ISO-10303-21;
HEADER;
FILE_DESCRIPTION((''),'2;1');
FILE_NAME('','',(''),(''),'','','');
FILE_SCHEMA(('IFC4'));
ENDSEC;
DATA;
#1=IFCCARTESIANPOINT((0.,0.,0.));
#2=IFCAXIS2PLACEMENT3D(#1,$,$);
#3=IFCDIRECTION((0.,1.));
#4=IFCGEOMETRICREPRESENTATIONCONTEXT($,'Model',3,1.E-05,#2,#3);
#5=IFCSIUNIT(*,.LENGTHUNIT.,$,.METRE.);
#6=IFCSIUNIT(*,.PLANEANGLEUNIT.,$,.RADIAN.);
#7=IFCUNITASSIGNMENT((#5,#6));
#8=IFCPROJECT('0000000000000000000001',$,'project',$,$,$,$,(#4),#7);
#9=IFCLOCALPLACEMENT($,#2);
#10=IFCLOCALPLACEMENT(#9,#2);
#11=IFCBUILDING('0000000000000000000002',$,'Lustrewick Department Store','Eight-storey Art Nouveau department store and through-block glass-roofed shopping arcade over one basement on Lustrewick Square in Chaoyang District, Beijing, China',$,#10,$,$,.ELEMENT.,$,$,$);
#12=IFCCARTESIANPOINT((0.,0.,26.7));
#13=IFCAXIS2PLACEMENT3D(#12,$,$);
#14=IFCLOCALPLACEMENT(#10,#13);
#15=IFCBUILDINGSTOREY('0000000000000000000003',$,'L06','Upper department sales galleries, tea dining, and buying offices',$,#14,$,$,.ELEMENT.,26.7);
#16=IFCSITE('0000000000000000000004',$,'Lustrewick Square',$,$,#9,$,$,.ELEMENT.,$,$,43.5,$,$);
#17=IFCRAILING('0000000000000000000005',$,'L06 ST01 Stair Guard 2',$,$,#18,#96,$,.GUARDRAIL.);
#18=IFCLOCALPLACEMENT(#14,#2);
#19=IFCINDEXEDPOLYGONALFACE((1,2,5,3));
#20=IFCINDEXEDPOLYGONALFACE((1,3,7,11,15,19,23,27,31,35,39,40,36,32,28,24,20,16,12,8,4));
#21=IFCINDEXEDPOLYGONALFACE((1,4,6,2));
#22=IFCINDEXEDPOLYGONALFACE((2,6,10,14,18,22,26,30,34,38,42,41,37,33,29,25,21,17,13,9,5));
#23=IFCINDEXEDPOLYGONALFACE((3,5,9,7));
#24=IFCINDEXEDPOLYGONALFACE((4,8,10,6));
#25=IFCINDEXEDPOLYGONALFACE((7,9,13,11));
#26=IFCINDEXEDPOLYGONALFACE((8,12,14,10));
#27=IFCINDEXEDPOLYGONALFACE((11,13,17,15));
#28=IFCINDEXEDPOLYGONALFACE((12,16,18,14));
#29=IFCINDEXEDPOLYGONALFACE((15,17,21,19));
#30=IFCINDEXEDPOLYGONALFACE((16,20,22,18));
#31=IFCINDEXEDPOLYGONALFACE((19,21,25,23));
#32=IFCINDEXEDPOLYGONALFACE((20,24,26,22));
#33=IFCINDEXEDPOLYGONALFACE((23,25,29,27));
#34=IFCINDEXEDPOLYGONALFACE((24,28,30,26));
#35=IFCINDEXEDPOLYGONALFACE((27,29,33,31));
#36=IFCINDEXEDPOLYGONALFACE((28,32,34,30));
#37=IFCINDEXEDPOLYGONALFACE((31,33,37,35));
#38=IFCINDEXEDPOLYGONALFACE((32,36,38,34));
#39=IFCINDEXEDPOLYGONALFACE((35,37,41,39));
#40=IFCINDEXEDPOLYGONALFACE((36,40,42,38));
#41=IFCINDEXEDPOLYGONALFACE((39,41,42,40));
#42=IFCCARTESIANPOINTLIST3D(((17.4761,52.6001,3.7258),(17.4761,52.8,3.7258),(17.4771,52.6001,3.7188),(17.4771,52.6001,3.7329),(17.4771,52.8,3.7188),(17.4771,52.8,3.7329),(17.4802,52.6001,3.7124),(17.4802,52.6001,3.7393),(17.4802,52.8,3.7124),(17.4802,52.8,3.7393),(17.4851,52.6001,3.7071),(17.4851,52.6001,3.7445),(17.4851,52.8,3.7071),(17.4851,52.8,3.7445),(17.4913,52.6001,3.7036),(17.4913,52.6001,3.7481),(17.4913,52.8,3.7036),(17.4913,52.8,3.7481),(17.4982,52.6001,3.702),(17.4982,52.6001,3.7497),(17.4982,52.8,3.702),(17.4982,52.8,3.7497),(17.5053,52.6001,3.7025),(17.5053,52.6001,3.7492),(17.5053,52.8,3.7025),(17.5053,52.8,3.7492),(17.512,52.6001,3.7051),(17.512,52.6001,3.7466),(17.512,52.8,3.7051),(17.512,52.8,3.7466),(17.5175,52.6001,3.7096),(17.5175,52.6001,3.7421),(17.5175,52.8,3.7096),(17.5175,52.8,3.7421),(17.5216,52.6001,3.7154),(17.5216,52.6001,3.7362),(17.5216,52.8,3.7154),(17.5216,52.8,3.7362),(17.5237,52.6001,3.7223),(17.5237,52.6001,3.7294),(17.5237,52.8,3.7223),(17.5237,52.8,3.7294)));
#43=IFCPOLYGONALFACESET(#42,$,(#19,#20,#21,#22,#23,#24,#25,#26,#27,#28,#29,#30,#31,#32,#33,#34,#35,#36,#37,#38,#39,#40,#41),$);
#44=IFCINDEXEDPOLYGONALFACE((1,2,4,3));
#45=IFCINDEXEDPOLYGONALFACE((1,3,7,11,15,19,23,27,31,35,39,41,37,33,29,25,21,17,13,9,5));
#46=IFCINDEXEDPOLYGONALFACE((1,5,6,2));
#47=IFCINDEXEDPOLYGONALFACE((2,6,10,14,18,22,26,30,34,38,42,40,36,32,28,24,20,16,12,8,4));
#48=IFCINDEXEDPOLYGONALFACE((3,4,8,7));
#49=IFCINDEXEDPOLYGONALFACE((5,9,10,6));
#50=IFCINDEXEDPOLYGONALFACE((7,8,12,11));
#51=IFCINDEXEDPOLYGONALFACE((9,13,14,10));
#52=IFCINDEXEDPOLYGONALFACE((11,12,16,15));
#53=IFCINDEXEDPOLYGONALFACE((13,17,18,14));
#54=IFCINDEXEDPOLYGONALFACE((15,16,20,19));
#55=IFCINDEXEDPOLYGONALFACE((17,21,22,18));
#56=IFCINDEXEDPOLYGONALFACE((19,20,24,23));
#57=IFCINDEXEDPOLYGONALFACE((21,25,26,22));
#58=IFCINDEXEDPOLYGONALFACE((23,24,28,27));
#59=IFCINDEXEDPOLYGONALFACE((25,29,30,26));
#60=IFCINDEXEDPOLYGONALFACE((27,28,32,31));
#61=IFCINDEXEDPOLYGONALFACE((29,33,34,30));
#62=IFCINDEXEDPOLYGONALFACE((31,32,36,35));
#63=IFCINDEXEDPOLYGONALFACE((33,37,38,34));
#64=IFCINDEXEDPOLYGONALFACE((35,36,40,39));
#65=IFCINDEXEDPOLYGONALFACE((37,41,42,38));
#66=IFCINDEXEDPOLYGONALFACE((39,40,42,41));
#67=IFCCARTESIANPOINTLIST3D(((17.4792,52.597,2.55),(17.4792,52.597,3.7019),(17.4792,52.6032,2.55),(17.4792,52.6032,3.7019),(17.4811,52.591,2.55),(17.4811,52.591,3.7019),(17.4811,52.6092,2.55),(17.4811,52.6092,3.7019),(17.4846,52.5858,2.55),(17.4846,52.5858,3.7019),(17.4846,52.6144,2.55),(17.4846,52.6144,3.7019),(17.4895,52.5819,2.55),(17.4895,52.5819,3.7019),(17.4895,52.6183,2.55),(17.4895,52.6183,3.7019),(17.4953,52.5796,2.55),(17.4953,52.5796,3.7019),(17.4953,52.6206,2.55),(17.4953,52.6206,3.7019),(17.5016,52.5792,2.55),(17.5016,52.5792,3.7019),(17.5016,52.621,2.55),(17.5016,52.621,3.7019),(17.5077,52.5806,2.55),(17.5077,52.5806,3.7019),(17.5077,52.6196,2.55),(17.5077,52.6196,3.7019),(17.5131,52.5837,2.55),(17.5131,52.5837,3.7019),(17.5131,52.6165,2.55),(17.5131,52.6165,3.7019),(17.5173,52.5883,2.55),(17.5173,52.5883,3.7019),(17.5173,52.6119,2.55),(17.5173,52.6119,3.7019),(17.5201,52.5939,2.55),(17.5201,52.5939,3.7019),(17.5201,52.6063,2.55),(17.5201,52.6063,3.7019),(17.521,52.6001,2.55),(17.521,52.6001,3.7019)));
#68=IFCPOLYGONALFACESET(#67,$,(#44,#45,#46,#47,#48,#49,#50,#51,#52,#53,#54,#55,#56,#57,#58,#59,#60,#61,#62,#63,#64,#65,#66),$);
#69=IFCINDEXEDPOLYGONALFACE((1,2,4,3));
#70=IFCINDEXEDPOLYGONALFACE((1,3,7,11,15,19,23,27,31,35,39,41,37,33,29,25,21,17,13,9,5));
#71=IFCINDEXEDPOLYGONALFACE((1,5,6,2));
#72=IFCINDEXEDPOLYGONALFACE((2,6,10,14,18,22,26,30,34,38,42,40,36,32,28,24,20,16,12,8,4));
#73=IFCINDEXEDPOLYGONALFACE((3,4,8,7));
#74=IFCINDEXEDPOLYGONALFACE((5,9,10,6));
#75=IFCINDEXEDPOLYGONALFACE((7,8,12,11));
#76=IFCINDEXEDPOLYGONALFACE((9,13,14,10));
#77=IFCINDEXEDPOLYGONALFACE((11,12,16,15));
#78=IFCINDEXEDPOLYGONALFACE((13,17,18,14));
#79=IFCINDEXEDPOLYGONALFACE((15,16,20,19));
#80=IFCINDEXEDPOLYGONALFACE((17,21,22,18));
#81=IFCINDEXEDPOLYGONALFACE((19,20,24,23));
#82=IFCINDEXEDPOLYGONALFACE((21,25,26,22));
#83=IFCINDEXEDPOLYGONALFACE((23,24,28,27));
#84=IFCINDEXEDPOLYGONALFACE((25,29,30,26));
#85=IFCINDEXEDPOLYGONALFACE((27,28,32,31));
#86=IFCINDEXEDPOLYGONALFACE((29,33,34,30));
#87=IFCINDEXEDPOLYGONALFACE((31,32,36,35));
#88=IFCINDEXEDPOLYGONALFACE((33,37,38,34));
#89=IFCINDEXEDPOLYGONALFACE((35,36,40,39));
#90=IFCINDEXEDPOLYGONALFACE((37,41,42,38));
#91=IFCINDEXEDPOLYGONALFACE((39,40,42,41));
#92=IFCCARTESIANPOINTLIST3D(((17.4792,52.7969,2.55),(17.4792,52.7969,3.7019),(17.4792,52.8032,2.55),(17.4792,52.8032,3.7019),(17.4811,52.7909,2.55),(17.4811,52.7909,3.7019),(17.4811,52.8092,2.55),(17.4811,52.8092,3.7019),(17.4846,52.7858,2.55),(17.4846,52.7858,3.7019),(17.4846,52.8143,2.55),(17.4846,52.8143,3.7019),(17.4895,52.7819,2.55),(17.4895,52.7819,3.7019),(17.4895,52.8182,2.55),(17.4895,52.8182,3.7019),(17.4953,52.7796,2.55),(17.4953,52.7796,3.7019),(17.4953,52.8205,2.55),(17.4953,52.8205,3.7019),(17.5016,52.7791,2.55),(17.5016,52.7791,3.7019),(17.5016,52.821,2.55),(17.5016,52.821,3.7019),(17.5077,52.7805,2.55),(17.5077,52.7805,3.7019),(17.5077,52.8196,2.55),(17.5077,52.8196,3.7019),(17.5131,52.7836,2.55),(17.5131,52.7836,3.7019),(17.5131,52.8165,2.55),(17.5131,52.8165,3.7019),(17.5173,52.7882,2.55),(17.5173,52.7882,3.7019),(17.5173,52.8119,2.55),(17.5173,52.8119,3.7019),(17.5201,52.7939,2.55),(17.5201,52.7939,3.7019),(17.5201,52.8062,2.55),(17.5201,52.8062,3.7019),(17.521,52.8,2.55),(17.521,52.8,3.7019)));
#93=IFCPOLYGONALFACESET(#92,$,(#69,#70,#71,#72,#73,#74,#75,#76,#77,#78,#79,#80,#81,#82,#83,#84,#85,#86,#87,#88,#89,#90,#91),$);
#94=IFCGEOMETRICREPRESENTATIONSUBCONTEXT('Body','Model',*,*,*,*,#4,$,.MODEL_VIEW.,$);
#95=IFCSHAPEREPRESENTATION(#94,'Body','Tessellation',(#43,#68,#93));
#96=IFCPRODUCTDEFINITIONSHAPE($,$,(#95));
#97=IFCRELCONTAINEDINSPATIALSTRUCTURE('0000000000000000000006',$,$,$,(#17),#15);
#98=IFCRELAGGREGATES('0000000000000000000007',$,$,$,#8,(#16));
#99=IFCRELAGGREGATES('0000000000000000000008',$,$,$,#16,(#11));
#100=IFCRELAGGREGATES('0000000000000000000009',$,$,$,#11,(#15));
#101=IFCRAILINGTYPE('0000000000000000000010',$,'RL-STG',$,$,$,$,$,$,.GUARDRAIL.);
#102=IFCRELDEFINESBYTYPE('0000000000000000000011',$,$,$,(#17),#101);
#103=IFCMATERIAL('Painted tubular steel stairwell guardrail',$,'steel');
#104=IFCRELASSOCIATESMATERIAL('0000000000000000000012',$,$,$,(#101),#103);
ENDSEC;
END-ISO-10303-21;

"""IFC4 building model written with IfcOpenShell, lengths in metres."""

from ifc_helpers import new_model, si_unit, direction, frame, origin, origin_2d, place, context, subcontext, project, spatial, circle, extrude, material, type_object, element, save


model = new_model("IFC4")

# Units and contexts
model_context = context("Model", 3, precision=1e-05, world=origin(), true_north=direction((0.0, 1.0)))
body_context = subcontext(model_context, "Body", "Model", "MODEL_VIEW")
ifc_project = project(units=[si_unit("LENGTHUNIT", "METRE"), si_unit("PLANEANGLEUNIT", "RADIAN")], contexts=[model_context])

# Site, building, storey
site_placement = place(None, origin())
site = spatial("IfcSite", under=ifc_project, at=site_placement, Name="Lustrewick Square", CompositionType="ELEMENT", RefElevation=43.5)
building_placement = place(site_placement, origin())
building = spatial("IfcBuilding", under=site, at=building_placement, Name="Lustrewick Department Store", Description="Eight-storey Art Nouveau department store and through-block glass-roofed shopping arcade over one basement on Lustrewick Square in Chaoyang District, Beijing, China", CompositionType="ELEMENT")
storey_placement = place(building_placement, frame((0.0, 0.0, 26.7)))
storey = spatial("IfcBuildingStorey", under=building, at=storey_placement, Name="L06", Description="Upper department sales galleries, tea dining, and buying offices", CompositionType="ELEMENT", Elevation=26.7)

# Railing
ifc_material_1 = material(Name="Painted tubular steel stairwell guardrail", Category="steel")
railing_type_1 = type_object("IfcRailingType", Name="RL-STG", PredefinedType="GUARDRAIL", material=ifc_material_1)
railing_1_placement = place(storey_placement, frame((17.5, 52.6001, 2.55)))
element("IfcRailing", 1, at=railing_1_placement, inside=storey, type_object=railing_type_1, Name="L06 ST01 Stair Guard 2", PredefinedType="GUARDRAIL", context=body_context, shape_type="SweptSolid", body=[
    extrude(circle(Radius=0.0239, at=origin_2d()), frame((0.0, 0.0, 1.1758), z_axis=(0.0, 1.0, 0.0), x_axis=(-1.0, 0.0, 0.0)), (0.0, 0.0, 1.0), 0.2),
    extrude(circle(Radius=0.021, at=origin_2d()), origin(), (0.0, 0.0, 1.0), 1.1519),
    extrude(circle(Radius=0.021, at=origin_2d()), frame((0.0, 0.2, 0.0)), (0.0, 0.0, 1.0), 1.1519),
])

save(model, "model.ifc")
